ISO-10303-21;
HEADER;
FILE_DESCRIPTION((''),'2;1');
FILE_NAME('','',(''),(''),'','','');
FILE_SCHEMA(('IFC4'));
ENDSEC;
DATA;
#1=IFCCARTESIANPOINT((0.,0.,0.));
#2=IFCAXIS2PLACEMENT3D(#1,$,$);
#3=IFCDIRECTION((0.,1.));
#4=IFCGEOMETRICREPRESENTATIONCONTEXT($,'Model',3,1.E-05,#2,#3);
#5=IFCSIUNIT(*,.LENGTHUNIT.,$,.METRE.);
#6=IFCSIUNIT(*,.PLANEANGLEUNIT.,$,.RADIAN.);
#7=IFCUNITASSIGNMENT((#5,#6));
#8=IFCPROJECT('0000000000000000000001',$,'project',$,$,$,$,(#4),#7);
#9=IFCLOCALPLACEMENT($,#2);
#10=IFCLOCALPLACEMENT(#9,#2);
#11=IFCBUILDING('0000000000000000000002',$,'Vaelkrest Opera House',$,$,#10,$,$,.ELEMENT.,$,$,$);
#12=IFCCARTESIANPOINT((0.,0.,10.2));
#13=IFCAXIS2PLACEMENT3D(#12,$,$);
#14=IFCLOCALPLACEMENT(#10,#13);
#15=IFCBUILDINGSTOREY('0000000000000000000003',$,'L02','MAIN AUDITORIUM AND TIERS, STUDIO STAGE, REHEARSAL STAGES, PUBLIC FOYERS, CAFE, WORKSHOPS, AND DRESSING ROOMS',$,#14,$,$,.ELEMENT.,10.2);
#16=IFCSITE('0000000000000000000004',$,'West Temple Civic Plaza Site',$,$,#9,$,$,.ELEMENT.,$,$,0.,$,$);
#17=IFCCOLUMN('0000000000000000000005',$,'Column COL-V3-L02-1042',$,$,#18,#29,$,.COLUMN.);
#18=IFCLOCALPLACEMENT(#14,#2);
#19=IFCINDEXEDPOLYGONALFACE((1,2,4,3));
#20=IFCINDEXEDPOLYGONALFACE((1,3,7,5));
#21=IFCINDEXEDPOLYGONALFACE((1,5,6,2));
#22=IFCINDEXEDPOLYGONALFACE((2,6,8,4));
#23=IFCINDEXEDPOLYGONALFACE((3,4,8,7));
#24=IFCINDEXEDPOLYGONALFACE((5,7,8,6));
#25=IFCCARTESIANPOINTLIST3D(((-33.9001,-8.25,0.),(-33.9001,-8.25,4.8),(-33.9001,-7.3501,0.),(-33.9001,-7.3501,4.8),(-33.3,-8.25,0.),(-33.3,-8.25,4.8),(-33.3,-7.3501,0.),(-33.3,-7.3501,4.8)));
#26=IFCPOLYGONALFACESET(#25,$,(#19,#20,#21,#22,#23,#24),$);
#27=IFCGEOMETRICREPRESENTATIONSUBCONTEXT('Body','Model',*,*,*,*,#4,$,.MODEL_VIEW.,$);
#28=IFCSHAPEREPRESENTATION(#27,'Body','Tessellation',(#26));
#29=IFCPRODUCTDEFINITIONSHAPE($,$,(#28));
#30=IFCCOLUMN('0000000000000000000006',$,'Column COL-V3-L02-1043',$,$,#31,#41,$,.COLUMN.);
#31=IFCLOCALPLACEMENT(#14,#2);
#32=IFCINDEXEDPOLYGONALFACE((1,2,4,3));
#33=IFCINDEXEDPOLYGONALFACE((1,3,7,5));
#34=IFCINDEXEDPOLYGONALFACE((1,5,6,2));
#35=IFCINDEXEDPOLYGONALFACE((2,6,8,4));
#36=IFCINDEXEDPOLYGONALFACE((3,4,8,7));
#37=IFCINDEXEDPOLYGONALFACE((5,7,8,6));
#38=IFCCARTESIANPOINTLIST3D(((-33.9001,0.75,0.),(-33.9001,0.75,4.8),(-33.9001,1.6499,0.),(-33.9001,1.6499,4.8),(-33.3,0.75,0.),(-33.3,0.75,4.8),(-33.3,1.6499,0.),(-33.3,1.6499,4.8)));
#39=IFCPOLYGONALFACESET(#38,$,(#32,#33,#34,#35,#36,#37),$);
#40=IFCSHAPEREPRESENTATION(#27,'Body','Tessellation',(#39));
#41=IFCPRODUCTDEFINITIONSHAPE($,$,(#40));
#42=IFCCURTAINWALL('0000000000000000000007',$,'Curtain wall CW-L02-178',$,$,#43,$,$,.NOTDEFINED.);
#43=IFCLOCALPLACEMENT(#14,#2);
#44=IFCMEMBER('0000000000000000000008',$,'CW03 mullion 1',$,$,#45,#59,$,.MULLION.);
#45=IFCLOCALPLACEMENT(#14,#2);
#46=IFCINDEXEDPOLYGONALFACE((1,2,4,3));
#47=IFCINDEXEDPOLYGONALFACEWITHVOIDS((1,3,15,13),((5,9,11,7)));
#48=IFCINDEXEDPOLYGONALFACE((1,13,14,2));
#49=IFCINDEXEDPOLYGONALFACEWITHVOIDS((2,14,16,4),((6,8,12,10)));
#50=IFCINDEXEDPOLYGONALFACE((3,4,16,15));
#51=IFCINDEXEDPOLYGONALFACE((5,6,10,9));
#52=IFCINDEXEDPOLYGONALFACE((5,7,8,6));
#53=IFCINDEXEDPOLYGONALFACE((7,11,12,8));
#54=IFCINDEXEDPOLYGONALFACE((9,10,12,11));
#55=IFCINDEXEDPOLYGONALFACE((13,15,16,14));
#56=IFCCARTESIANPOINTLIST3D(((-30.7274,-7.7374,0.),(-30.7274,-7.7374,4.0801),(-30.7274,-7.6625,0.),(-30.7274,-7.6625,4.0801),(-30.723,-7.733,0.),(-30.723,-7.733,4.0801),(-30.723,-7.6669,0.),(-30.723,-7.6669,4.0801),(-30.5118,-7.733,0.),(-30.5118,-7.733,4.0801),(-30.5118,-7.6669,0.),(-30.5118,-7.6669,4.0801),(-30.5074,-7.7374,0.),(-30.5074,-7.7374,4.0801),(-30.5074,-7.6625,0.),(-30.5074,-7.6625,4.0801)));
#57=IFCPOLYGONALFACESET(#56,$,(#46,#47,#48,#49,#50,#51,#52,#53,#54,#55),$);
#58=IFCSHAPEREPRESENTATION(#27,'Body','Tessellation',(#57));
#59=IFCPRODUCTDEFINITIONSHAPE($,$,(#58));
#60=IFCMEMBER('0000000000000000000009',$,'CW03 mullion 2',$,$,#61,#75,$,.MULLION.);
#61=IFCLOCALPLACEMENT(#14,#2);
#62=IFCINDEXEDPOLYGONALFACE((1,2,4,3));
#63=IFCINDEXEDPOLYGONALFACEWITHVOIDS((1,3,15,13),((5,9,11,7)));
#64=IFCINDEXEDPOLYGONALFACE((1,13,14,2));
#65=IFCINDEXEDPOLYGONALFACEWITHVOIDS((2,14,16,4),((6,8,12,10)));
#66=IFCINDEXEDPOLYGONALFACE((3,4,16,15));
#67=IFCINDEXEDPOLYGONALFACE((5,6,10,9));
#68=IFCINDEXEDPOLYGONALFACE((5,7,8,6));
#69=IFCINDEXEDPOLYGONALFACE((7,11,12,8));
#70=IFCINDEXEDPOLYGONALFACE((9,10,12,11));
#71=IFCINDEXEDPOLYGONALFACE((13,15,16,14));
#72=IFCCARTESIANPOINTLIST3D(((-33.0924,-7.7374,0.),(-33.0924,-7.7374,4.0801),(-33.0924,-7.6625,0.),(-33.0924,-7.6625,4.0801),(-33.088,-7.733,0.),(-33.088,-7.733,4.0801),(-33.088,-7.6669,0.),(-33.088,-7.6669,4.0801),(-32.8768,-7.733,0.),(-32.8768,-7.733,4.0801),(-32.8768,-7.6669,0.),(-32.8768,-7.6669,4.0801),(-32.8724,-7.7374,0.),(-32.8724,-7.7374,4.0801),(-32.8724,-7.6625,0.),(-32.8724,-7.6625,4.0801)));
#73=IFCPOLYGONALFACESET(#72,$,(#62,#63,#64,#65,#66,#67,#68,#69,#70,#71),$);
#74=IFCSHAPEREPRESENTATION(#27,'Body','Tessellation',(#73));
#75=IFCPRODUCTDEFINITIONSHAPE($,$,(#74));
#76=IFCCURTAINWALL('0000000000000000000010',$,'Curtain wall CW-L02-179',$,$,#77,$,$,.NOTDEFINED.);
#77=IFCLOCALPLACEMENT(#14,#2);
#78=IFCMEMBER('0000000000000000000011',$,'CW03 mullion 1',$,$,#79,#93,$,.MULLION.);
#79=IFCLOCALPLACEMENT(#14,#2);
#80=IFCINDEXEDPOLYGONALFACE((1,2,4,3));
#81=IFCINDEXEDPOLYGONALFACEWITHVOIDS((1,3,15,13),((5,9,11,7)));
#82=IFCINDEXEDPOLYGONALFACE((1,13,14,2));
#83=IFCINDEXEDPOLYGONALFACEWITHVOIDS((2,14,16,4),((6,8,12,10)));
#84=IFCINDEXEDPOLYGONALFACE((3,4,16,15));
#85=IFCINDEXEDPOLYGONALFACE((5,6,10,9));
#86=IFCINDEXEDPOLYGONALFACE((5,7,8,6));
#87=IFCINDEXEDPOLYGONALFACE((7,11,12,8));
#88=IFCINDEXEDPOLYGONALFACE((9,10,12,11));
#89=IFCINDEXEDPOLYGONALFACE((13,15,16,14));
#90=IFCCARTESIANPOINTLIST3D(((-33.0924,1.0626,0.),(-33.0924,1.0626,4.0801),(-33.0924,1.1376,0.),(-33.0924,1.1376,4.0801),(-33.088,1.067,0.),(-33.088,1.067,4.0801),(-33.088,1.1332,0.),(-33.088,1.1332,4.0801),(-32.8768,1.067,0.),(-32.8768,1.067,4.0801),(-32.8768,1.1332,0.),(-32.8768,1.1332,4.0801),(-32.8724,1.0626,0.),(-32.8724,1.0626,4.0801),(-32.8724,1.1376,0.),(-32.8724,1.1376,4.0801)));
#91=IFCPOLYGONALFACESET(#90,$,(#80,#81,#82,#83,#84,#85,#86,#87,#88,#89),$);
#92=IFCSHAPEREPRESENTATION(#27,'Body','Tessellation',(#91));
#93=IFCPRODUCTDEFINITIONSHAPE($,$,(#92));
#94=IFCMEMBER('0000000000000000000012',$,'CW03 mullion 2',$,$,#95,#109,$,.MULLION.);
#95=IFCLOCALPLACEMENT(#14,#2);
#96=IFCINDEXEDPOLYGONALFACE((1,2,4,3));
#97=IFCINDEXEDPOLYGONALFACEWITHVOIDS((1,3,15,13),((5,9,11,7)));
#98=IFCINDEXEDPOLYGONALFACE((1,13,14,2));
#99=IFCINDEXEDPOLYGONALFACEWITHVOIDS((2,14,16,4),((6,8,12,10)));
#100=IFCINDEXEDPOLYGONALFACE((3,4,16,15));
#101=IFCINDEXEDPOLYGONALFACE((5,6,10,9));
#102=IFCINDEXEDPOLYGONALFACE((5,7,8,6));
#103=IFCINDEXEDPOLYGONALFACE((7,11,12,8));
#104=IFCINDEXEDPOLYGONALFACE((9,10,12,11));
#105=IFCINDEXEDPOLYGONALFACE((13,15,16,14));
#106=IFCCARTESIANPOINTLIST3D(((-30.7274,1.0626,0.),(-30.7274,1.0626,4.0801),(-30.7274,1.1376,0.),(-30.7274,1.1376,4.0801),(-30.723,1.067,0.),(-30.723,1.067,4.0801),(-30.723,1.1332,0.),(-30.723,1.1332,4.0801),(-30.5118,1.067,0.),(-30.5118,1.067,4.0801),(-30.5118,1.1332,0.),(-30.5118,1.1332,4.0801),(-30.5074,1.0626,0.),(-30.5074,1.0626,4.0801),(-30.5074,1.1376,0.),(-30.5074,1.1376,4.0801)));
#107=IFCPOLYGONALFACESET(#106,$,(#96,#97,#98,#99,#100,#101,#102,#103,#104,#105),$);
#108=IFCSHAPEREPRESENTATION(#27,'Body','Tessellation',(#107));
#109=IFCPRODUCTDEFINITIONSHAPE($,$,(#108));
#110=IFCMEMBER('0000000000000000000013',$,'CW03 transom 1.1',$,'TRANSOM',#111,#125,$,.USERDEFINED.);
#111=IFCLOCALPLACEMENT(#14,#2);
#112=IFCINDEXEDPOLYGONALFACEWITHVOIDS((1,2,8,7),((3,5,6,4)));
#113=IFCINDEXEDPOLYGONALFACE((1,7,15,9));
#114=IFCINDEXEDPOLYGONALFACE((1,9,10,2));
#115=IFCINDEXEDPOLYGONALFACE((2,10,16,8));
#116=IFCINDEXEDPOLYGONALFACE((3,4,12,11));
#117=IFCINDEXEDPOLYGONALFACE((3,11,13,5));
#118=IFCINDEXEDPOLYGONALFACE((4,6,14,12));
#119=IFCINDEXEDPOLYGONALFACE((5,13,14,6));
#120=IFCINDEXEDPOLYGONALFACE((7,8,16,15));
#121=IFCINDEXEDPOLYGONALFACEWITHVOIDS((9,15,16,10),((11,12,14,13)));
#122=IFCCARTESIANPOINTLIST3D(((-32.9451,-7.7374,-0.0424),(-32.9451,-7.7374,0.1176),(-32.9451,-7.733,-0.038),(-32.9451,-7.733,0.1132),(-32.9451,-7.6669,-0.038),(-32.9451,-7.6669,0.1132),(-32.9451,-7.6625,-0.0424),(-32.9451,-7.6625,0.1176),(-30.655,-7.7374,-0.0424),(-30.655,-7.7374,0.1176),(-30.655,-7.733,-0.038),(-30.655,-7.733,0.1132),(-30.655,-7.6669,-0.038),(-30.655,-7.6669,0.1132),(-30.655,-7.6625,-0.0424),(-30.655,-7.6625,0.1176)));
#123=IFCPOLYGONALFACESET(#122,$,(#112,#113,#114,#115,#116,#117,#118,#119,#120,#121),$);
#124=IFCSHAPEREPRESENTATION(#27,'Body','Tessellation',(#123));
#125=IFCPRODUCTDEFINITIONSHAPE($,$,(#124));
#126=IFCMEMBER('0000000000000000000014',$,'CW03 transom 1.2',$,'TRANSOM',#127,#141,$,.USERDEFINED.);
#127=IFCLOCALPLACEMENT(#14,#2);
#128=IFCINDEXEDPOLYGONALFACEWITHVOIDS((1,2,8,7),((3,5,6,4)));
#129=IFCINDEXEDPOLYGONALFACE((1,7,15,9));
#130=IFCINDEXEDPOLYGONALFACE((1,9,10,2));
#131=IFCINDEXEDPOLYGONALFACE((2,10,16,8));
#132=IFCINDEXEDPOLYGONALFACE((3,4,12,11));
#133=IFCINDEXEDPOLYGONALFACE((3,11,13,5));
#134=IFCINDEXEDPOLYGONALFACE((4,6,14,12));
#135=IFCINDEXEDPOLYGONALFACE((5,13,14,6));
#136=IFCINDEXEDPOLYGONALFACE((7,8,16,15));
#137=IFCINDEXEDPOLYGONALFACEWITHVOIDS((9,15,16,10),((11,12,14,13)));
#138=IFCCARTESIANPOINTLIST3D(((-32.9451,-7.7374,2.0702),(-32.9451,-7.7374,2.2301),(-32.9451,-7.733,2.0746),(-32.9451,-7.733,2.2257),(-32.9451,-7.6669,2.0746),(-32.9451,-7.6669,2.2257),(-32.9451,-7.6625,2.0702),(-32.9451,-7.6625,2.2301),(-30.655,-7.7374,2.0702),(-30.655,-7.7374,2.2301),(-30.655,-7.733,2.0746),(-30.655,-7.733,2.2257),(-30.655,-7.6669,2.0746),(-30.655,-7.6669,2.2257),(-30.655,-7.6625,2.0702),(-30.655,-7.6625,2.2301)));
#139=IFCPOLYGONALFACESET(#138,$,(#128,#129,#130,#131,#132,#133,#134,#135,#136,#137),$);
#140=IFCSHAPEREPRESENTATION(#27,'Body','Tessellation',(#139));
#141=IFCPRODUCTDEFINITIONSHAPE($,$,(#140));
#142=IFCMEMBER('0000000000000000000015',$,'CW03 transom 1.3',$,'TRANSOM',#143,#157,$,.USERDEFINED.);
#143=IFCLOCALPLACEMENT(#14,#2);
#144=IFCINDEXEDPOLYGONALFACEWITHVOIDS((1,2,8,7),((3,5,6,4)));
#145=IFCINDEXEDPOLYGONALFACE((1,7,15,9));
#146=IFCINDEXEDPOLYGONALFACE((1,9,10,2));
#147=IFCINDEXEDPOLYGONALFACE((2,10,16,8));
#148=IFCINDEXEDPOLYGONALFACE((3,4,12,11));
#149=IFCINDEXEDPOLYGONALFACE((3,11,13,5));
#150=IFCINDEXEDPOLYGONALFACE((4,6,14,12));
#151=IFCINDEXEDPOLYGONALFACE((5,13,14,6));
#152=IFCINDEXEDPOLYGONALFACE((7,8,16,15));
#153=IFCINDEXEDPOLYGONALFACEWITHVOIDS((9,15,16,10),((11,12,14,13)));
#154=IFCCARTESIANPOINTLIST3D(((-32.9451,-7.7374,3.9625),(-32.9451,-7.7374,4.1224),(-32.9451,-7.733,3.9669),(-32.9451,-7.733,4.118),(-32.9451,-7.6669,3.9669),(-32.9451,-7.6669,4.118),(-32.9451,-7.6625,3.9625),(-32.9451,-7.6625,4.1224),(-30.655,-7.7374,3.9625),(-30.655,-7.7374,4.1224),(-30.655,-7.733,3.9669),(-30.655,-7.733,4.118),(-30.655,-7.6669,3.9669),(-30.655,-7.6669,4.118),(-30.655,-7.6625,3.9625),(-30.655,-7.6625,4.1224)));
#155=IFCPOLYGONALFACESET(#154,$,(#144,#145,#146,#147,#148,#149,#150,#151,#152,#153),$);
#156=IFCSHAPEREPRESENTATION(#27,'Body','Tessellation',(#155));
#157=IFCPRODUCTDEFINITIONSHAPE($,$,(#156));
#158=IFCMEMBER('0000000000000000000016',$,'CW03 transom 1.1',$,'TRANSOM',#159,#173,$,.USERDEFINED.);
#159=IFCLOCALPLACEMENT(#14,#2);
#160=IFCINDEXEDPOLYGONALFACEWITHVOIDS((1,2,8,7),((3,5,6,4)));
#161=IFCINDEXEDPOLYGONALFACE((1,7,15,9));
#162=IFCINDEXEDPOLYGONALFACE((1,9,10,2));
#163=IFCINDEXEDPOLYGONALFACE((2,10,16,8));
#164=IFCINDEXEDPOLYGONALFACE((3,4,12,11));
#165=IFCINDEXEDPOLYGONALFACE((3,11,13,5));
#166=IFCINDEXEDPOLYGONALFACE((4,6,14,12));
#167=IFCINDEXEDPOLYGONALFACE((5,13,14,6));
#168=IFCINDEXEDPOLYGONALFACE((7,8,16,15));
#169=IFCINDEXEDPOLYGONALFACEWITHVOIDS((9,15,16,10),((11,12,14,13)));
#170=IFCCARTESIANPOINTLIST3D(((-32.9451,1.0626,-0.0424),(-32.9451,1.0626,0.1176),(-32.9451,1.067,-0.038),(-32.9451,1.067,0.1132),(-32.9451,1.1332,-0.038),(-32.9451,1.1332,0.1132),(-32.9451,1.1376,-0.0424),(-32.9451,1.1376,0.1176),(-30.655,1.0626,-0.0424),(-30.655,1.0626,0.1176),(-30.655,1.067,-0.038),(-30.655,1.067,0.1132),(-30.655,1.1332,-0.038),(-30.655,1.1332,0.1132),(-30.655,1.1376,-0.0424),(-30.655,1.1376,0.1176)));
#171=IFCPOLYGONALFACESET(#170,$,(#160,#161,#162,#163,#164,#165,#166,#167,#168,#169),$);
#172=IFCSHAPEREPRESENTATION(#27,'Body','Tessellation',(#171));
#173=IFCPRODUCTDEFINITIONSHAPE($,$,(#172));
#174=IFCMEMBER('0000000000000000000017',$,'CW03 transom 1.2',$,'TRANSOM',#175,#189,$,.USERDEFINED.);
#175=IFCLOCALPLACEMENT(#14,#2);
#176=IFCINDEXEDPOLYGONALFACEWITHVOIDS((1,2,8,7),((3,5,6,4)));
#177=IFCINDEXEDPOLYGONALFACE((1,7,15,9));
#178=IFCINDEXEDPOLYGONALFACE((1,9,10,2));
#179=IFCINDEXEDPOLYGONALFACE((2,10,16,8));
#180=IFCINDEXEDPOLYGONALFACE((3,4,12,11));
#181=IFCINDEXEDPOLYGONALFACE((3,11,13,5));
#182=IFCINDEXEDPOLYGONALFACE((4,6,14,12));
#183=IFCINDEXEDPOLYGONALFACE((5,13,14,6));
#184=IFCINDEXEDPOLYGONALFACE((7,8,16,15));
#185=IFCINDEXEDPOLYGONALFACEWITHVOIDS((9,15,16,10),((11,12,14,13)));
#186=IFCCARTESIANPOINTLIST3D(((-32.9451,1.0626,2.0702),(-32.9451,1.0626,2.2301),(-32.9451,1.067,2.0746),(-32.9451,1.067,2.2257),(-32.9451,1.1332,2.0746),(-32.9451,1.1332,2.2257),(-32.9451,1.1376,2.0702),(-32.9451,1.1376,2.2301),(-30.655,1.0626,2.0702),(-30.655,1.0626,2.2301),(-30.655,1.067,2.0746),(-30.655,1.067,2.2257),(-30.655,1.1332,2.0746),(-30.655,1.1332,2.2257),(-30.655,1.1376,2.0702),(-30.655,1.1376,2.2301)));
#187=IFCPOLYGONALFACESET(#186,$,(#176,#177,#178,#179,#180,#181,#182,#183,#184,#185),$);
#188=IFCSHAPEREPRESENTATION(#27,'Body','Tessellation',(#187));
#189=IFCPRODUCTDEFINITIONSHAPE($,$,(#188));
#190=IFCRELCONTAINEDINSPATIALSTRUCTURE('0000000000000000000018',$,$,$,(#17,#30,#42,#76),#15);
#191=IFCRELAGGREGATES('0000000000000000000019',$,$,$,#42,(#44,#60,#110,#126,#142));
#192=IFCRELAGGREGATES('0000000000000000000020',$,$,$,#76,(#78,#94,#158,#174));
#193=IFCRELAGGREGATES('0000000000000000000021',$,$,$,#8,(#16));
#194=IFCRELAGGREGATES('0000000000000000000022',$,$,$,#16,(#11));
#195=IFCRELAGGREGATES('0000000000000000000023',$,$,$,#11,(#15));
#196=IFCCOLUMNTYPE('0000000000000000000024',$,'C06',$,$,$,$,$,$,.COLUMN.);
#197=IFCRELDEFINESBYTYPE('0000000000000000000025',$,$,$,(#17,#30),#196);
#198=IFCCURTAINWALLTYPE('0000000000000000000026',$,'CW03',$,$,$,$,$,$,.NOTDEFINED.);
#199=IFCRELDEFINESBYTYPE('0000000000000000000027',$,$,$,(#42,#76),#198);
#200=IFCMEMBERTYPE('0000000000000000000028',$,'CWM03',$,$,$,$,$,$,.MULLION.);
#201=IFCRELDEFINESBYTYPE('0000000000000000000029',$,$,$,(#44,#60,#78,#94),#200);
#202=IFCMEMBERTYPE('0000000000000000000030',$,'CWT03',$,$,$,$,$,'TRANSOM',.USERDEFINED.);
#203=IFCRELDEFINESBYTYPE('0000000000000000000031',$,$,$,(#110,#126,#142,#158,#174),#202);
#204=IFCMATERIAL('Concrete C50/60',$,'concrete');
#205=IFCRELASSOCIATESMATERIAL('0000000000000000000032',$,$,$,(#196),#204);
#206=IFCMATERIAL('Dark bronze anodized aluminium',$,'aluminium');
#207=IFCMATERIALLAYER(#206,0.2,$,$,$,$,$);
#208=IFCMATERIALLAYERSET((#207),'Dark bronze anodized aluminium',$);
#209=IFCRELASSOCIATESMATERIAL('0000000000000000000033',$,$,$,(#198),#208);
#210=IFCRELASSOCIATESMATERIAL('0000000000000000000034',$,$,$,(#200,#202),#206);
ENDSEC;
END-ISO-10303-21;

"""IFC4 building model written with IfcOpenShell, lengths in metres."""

from ifc_helpers import new_model, si_unit, direction, frame, origin, origin_2d, place, context, subcontext, project, spatial, rectangle, hollow_rectangle, extrude, material, layer, layer_set, material_profile, profile_set, type_object, element, aggregate, save


model = new_model("IFC4")

# Units and contexts
model_context = context("Model", 3, precision=1e-05, world=origin(), true_north=direction((0.0, 1.0)))
body_context = subcontext(model_context, "Body", "Model", "MODEL_VIEW")
ifc_project = project(units=[si_unit("LENGTHUNIT", "METRE"), si_unit("PLANEANGLEUNIT", "RADIAN")], contexts=[model_context])

# Site, building, storey
site_placement = place(None, origin())
site = spatial("IfcSite", under=ifc_project, at=site_placement, Name="West Temple Civic Plaza Site", CompositionType="ELEMENT", RefElevation=0.0)
building_placement = place(site_placement, origin())
building = spatial("IfcBuilding", under=site, at=building_placement, Name="Vaelkrest Opera House", CompositionType="ELEMENT")
storey_placement = place(building_placement, frame((0.0, 0.0, 10.2)))
storey = spatial("IfcBuildingStorey", under=building, at=storey_placement, Name="L02", Description="MAIN AUDITORIUM AND TIERS, STUDIO STAGE, REHEARSAL STAGES, PUBLIC FOYERS, CAFE, WORKSHOPS, AND DRESSING ROOMS", CompositionType="ELEMENT", Elevation=10.2)

# Columns
ifc_material_1 = material(Name="Concrete C50/60", Category="concrete")
ifc_material_profile_1 = material_profile(ifc_material_1, rectangle(XDim=0.6001, YDim=0.8999, at=origin_2d()), Name="RC600X900")
ifc_profile_set_1 = profile_set([ifc_material_profile_1], Name="Concrete C50/60")
column_type = type_object("IfcColumnType", Name="C06", PredefinedType="COLUMN", material=ifc_profile_set_1)
for number, where, z_axis, x_axis, name in (
    (1, (-33.6001, -7.8, 0.0), (0.0, 0.0, 1.0), (1.0, 0.0, 0.0), "Column COL-V3-L02-1042"),
    (2, (-33.6001, 1.2, 0.0), (0.0, 0.0, 1.0), (1.0, 0.0, 0.0), "Column COL-V3-L02-1043"),
):
    element("IfcColumn", number, at=place(storey_placement, frame(where, z_axis=z_axis, x_axis=x_axis)), inside=storey, type_object=column_type, Name=name, PredefinedType="COLUMN", context=body_context, shape_type="SweptSolid", body=[
        extrude(rectangle(XDim=0.6001, YDim=0.8999, at=origin_2d()), origin(), (0.0, 0.0, 1.0), 4.8),
    ])

# Curtain walls, members
ifc_material_2 = material(Name="Dark bronze anodized aluminium", Category="aluminium")
ifc_layer_1 = layer(ifc_material_2, 0.2)
ifc_layer_set_1 = layer_set([ifc_layer_1], Name="Dark bronze anodized aluminium")
curtain_wall_type = type_object("IfcCurtainWallType", Name="CW03", PredefinedType="NOTDEFINED", material=ifc_layer_set_1)
curtain_wall_1_placement = place(storey_placement, origin())
curtain_wall_1 = element("IfcCurtainWall", 3, at=curtain_wall_1_placement, inside=storey, type_object=curtain_wall_type, Name="Curtain wall CW-L02-178", PredefinedType="NOTDEFINED")
ifc_material_profile_2 = material_profile(ifc_material_2, hollow_rectangle(XDim=0.075, YDim=0.22, WallThickness=0.0044, at=origin_2d()), Name="CWM75X220")
ifc_profile_set_2 = profile_set([ifc_material_profile_2], Name="Dark bronze anodized aluminium")
member_type_1 = type_object("IfcMemberType", Name="CWM03", PredefinedType="MULLION", material=ifc_profile_set_2)
member_1_placement = place(storey_placement, frame((-30.6174, -7.7, 0.0), z_axis=(0.0, 0.0, 1.0), x_axis=(0.0, -1.0, 0.0)))
member_1 = element("IfcMember", 4, at=member_1_placement, type_object=member_type_1, Name="CW03 mullion 1", PredefinedType="MULLION", context=body_context, shape_type="SweptSolid", body=[
    extrude(hollow_rectangle(XDim=0.075, YDim=0.22, WallThickness=0.0044, at=origin_2d()), origin(), (0.0, 0.0, 1.0), 4.0801),
])
member_2_placement = place(storey_placement, frame((-32.9824, -7.7, 0.0), z_axis=(0.0, 0.0, 1.0), x_axis=(0.0, -1.0, 0.0)))
member_2 = element("IfcMember", 5, at=member_2_placement, type_object=member_type_1, Name="CW03 mullion 2", PredefinedType="MULLION", context=body_context, shape_type="SweptSolid", body=[
    extrude(hollow_rectangle(XDim=0.075, YDim=0.22, WallThickness=0.0044, at=origin_2d()), origin(), (0.0, 0.0, 1.0), 4.0801),
])
curtain_wall_2_placement = place(storey_placement, origin())
curtain_wall_2 = element("IfcCurtainWall", 6, at=curtain_wall_2_placement, inside=storey, type_object=curtain_wall_type, Name="Curtain wall CW-L02-179", PredefinedType="NOTDEFINED")
member_3_placement = place(storey_placement, frame((-32.9824, 1.1001, 0.0), z_axis=(0.0, 0.0, 1.0), x_axis=(0.0, 1.0, 0.0)))
member_3 = element("IfcMember", 7, at=member_3_placement, type_object=member_type_1, Name="CW03 mullion 1", PredefinedType="MULLION", context=body_context, shape_type="SweptSolid", body=[
    extrude(hollow_rectangle(XDim=0.075, YDim=0.22, WallThickness=0.0044, at=origin_2d()), origin(), (0.0, 0.0, 1.0), 4.0801),
])
member_4_placement = place(storey_placement, frame((-30.6174, 1.1001, 0.0), z_axis=(0.0, 0.0, 1.0), x_axis=(0.0, 1.0, 0.0)))
member_4 = element("IfcMember", 8, at=member_4_placement, type_object=member_type_1, Name="CW03 mullion 2", PredefinedType="MULLION", context=body_context, shape_type="SweptSolid", body=[
    extrude(hollow_rectangle(XDim=0.075, YDim=0.22, WallThickness=0.0044, at=origin_2d()), origin(), (0.0, 0.0, 1.0), 4.0801),
])

# Members
ifc_material_profile_3 = material_profile(ifc_material_2, hollow_rectangle(XDim=0.075, YDim=0.1599, WallThickness=0.0044, at=origin_2d()), Name="CWT75X160")
ifc_profile_set_3 = profile_set([ifc_material_profile_3], Name="Dark bronze anodized aluminium")
member_type_2 = type_object("IfcMemberType", Name="CWT03", ElementType="TRANSOM", PredefinedType="USERDEFINED", material=ifc_profile_set_3)
member_5_placement = place(storey_placement, frame((-30.655, -7.7, 0.0376), z_axis=(-1.0, 0.0, 0.0), x_axis=(0.0, -1.0, 0.0)))
member_5 = element("IfcMember", 9, at=member_5_placement, type_object=member_type_2, Name="CW03 transom 1.1", ObjectType="TRANSOM", PredefinedType="USERDEFINED", context=body_context, shape_type="SweptSolid", body=[
    extrude(hollow_rectangle(XDim=0.075, YDim=0.1599, WallThickness=0.0044, at=origin_2d()), origin(), (0.0, 0.0, 1.0), 2.29),
])
member_6_placement = place(storey_placement, frame((-30.655, -7.7, 2.1501), z_axis=(-1.0, 0.0, 0.0), x_axis=(0.0, -1.0, 0.0)))
member_6 = element("IfcMember", 10, at=member_6_placement, type_object=member_type_2, Name="CW03 transom 1.2", ObjectType="TRANSOM", PredefinedType="USERDEFINED", context=body_context, shape_type="SweptSolid", body=[
    extrude(hollow_rectangle(XDim=0.075, YDim=0.1599, WallThickness=0.0044, at=origin_2d()), origin(), (0.0, 0.0, 1.0), 2.29),
])
member_7_placement = place(storey_placement, frame((-30.655, -7.7, 4.0425), z_axis=(-1.0, 0.0, 0.0), x_axis=(0.0, -1.0, 0.0)))
member_7 = element("IfcMember", 11, at=member_7_placement, type_object=member_type_2, Name="CW03 transom 1.3", ObjectType="TRANSOM", PredefinedType="USERDEFINED", context=body_context, shape_type="SweptSolid", body=[
    extrude(hollow_rectangle(XDim=0.075, YDim=0.1599, WallThickness=0.0044, at=origin_2d()), origin(), (0.0, 0.0, 1.0), 2.29),
])
member_8_placement = place(storey_placement, frame((-32.9451, 1.1001, 0.0376), z_axis=(1.0, 0.0, 0.0), x_axis=(0.0, 1.0, 0.0)))
member_8 = element("IfcMember", 12, at=member_8_placement, type_object=member_type_2, Name="CW03 transom 1.1", ObjectType="TRANSOM", PredefinedType="USERDEFINED", context=body_context, shape_type="SweptSolid", body=[
    extrude(hollow_rectangle(XDim=0.075, YDim=0.1599, WallThickness=0.0044, at=origin_2d()), origin(), (0.0, 0.0, 1.0), 2.29),
])
member_9_placement = place(storey_placement, frame((-32.9451, 1.1001, 2.1501), z_axis=(1.0, 0.0, 0.0), x_axis=(0.0, 1.0, 0.0)))
member_9 = element("IfcMember", 13, at=member_9_placement, type_object=member_type_2, Name="CW03 transom 1.2", ObjectType="TRANSOM", PredefinedType="USERDEFINED", context=body_context, shape_type="SweptSolid", body=[
    extrude(hollow_rectangle(XDim=0.075, YDim=0.1599, WallThickness=0.0044, at=origin_2d()), origin(), (0.0, 0.0, 1.0), 2.29),
])

aggregate(curtain_wall_1, [member_1, member_2, member_5, member_6, member_7])
aggregate(curtain_wall_2, [member_3, member_4, member_8, member_9])

save(model, "model.ifc")
